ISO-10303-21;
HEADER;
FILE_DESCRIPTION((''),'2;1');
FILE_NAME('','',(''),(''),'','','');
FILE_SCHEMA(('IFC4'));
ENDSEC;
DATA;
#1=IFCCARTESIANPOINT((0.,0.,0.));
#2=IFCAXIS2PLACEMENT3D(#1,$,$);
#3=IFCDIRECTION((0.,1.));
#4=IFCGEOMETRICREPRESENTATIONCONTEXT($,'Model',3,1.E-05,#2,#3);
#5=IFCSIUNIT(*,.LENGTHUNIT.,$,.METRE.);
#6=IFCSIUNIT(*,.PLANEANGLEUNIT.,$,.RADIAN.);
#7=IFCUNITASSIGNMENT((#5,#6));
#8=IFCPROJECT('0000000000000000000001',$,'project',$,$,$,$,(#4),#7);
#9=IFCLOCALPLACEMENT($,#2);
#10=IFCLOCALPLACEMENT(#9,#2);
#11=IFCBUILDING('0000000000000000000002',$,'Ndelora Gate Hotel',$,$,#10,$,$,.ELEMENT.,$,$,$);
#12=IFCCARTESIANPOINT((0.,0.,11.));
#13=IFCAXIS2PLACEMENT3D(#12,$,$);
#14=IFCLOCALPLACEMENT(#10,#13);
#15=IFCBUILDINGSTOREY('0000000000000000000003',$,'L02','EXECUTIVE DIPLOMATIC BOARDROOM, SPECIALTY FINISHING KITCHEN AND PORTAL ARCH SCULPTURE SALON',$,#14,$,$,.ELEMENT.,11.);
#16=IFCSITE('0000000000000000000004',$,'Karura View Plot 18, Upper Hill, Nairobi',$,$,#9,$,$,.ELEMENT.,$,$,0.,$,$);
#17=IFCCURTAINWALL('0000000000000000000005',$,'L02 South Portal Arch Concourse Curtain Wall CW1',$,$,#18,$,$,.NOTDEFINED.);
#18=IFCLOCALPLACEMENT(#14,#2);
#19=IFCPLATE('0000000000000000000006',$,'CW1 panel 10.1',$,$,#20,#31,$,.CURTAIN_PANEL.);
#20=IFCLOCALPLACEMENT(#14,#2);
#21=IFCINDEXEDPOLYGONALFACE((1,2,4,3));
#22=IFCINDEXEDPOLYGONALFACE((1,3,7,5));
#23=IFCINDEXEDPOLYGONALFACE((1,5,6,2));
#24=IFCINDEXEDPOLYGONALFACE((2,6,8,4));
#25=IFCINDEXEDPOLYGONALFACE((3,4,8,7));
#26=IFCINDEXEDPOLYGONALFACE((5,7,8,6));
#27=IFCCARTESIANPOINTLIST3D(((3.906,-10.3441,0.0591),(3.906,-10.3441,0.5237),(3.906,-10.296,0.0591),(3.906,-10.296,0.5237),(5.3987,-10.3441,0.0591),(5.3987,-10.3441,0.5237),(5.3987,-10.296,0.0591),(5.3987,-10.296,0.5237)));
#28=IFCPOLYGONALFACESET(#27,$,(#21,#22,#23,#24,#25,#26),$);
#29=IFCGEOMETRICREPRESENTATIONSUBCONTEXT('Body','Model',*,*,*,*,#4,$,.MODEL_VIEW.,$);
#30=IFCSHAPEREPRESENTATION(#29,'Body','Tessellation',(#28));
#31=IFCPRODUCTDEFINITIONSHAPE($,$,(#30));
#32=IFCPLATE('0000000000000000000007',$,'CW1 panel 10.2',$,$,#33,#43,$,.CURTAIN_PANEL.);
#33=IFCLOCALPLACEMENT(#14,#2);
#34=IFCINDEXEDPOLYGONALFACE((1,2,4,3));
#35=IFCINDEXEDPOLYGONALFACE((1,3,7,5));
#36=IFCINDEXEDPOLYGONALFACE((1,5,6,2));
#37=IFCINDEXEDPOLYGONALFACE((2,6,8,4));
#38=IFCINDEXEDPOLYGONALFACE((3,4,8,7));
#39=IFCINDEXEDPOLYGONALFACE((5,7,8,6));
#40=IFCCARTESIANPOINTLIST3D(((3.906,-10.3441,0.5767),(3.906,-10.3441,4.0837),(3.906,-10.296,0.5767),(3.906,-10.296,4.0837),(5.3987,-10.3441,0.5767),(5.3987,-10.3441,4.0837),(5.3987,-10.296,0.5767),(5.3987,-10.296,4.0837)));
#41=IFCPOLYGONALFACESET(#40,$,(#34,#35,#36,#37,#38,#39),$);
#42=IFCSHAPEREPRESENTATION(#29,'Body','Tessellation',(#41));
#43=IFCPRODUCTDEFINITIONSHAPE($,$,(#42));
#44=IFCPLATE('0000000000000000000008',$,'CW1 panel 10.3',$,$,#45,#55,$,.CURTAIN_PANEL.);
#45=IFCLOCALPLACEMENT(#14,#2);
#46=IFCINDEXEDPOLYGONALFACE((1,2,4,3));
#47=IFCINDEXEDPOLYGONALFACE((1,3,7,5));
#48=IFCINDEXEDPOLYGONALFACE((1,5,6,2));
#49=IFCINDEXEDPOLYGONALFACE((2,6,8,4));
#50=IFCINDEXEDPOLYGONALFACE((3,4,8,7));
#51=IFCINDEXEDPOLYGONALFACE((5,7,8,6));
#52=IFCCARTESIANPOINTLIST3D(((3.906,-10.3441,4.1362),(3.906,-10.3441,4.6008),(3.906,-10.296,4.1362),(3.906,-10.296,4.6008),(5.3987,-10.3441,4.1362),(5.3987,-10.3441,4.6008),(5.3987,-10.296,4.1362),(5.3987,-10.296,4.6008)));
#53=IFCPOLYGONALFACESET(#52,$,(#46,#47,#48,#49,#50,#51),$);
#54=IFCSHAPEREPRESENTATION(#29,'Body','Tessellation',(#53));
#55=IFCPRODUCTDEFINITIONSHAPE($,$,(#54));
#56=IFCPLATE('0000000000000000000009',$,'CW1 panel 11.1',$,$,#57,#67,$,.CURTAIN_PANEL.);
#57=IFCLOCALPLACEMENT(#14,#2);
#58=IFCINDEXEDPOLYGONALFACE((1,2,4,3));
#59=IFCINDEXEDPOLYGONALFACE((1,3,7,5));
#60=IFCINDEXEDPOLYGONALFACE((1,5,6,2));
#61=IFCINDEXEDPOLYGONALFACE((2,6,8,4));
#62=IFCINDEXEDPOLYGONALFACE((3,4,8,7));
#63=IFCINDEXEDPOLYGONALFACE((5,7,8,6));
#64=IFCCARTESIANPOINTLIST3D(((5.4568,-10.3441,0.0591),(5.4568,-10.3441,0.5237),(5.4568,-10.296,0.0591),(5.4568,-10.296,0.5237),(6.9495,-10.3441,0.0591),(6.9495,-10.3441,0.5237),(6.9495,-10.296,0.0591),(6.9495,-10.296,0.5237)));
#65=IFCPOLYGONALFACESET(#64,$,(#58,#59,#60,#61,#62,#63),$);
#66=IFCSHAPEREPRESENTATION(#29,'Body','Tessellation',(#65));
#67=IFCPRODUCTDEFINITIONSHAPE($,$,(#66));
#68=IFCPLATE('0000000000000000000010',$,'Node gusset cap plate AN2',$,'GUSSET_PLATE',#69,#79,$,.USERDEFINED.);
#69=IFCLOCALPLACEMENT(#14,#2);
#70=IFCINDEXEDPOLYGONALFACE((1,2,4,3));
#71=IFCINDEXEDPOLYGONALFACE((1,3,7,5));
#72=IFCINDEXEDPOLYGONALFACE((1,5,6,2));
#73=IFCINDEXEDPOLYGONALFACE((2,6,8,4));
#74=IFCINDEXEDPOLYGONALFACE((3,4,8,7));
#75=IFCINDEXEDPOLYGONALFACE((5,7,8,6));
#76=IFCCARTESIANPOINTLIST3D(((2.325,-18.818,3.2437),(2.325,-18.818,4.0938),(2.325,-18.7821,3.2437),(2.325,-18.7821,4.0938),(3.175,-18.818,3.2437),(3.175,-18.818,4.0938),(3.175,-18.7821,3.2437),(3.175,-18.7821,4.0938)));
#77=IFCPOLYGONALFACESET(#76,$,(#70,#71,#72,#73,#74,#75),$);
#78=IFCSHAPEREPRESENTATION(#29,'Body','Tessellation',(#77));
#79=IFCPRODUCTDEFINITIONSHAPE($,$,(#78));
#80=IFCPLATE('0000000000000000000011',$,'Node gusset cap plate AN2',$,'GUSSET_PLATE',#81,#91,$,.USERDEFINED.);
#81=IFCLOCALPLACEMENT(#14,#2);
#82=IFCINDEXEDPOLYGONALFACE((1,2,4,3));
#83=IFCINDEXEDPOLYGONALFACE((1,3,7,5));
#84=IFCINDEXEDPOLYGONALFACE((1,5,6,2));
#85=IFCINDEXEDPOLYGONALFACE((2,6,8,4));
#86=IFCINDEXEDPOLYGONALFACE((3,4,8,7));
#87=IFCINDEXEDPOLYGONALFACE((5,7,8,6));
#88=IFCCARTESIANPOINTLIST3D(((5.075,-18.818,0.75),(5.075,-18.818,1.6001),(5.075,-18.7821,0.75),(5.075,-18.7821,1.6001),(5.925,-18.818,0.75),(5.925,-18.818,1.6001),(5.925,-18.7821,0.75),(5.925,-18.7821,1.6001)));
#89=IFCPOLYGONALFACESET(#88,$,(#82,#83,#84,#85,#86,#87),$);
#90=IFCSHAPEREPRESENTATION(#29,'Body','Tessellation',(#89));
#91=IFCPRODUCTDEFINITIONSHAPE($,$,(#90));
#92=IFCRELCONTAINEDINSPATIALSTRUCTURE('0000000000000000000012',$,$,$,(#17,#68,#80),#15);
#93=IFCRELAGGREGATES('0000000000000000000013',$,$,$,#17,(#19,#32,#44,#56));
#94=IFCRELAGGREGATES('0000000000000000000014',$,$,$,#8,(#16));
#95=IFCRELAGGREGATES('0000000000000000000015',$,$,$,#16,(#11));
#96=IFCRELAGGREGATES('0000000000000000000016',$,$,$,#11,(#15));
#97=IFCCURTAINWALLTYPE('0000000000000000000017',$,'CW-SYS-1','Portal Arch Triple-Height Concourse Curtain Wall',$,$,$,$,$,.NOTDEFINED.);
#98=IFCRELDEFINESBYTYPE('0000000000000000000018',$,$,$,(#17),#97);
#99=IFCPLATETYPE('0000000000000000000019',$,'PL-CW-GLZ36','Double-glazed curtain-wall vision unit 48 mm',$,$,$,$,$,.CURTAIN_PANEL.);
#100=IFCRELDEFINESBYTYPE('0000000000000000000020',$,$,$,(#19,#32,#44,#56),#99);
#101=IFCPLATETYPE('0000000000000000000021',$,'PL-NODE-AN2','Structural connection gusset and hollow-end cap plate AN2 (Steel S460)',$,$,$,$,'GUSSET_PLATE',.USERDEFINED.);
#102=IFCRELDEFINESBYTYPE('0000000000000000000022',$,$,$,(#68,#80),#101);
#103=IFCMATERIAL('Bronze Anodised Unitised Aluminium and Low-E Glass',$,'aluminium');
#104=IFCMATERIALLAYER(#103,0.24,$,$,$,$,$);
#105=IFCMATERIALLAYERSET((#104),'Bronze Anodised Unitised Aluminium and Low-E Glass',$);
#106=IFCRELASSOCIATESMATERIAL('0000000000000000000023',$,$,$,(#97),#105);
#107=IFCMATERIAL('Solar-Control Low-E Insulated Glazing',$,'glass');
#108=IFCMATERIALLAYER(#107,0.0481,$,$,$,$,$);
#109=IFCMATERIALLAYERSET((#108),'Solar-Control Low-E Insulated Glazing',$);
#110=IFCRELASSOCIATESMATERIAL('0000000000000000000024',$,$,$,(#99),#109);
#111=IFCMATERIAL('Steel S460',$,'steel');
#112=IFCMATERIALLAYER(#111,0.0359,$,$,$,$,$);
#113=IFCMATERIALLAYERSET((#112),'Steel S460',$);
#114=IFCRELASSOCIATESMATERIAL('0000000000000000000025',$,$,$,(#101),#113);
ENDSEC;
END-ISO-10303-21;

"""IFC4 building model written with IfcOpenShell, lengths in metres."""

from ifc_helpers import new_model, si_unit, direction, frame, origin, origin_2d, place, context, subcontext, project, spatial, rectangle, extrude, material, layer, layer_set, type_object, element, aggregate, save


model = new_model("IFC4")

# Units and contexts
model_context = context("Model", 3, precision=1e-05, world=origin(), true_north=direction((0.0, 1.0)))
body_context = subcontext(model_context, "Body", "Model", "MODEL_VIEW")
ifc_project = project(units=[si_unit("LENGTHUNIT", "METRE"), si_unit("PLANEANGLEUNIT", "RADIAN")], contexts=[model_context])

# Site, building, storey
site_placement = place(None, origin())
site = spatial("IfcSite", under=ifc_project, at=site_placement, Name="Karura View Plot 18, Upper Hill, Nairobi", CompositionType="ELEMENT", RefElevation=0.0)
building_placement = place(site_placement, origin())
building = spatial("IfcBuilding", under=site, at=building_placement, Name="Ndelora Gate Hotel", CompositionType="ELEMENT")
storey_placement = place(building_placement, frame((0.0, 0.0, 11.0)))
storey = spatial("IfcBuildingStorey", under=building, at=storey_placement, Name="L02", Description="EXECUTIVE DIPLOMATIC BOARDROOM, SPECIALTY FINISHING KITCHEN AND PORTAL ARCH SCULPTURE SALON", CompositionType="ELEMENT", Elevation=11.0)

# Shared definitions
ifc_material_1 = material(Name="Steel S460", Category="steel")

# Curtain wall, plates
ifc_material_2 = material(Name="Bronze Anodised Unitised Aluminium and Low-E Glass", Category="aluminium")
ifc_layer_1 = layer(ifc_material_2, 0.24)
ifc_layer_set_1 = layer_set([ifc_layer_1], Name="Bronze Anodised Unitised Aluminium and Low-E Glass")
curtain_wall_type = type_object("IfcCurtainWallType", Name="CW-SYS-1", Description="Portal Arch Triple-Height Concourse Curtain Wall", PredefinedType="NOTDEFINED", material=ifc_layer_set_1)
curtain_wall_placement = place(storey_placement, origin())
curtain_wall = element("IfcCurtainWall", 1, at=curtain_wall_placement, inside=storey, type_object=curtain_wall_type, Name="L02 South Portal Arch Concourse Curtain Wall CW1", PredefinedType="NOTDEFINED")
ifc_material_3 = material(Name="Solar-Control Low-E Insulated Glazing", Category="glass")
ifc_layer_2 = layer(ifc_material_3, 0.0481)
ifc_layer_set_2 = layer_set([ifc_layer_2], Name="Solar-Control Low-E Insulated Glazing")
plate_type_1 = type_object("IfcPlateType", Name="PL-CW-GLZ36", Description="Double-glazed curtain-wall vision unit 48 mm", PredefinedType="CURTAIN_PANEL", material=ifc_layer_set_2)
plate_1_placement = place(storey_placement, frame((4.6523, -10.3201, 0.0591), z_axis=(0.0, 0.0, 1.0), x_axis=(1.0, 0.0, 0.0)))
plate_1 = element("IfcPlate", 2, at=plate_1_placement, type_object=plate_type_1, Name="CW1 panel 10.1", PredefinedType="CURTAIN_PANEL", context=body_context, shape_type="SweptSolid", body=[
    extrude(rectangle(XDim=1.4927, YDim=0.0481, at=origin_2d()), origin(), (0.0, 0.0, 1.0), 0.4646),
])
plate_2_placement = place(storey_placement, frame((4.6523, -10.3201, 0.5767), z_axis=(0.0, 0.0, 1.0), x_axis=(1.0, 0.0, 0.0)))
plate_2 = element("IfcPlate", 3, at=plate_2_placement, type_object=plate_type_1, Name="CW1 panel 10.2", PredefinedType="CURTAIN_PANEL", context=body_context, shape_type="SweptSolid", body=[
    extrude(rectangle(XDim=1.4927, YDim=0.0481, at=origin_2d()), origin(), (0.0, 0.0, 1.0), 3.5071),
])
plate_3_placement = place(storey_placement, frame((4.6523, -10.3201, 4.1362), z_axis=(0.0, 0.0, 1.0), x_axis=(1.0, 0.0, 0.0)))
plate_3 = element("IfcPlate", 4, at=plate_3_placement, type_object=plate_type_1, Name="CW1 panel 10.3", PredefinedType="CURTAIN_PANEL", context=body_context, shape_type="SweptSolid", body=[
    extrude(rectangle(XDim=1.4927, YDim=0.0481, at=origin_2d()), origin(), (0.0, 0.0, 1.0), 0.4646),
])
plate_4_placement = place(storey_placement, frame((6.2031, -10.3201, 0.0591), z_axis=(0.0, 0.0, 1.0), x_axis=(1.0, 0.0, 0.0)))
plate_4 = element("IfcPlate", 5, at=plate_4_placement, type_object=plate_type_1, Name="CW1 panel 11.1", PredefinedType="CURTAIN_PANEL", context=body_context, shape_type="SweptSolid", body=[
    extrude(rectangle(XDim=1.4927, YDim=0.0481, at=origin_2d()), origin(), (0.0, 0.0, 1.0), 0.4646),
])
aggregate(curtain_wall, [plate_1, plate_2, plate_3, plate_4])

# Plates
ifc_layer_3 = layer(ifc_material_1, 0.0359)
ifc_layer_set_3 = layer_set([ifc_layer_3], Name="Steel S460")
plate_type_2 = type_object("IfcPlateType", Name="PL-NODE-AN2", Description="Structural connection gusset and hollow-end cap plate AN2 (Steel S460)", ElementType="GUSSET_PLATE", PredefinedType="USERDEFINED", material=ifc_layer_set_3)
for number, where, z_axis, x_axis, name in (
    (6, (2.75, -18.8, 3.2437), (0.0, 0.0, 1.0), (1.0, 0.0, 0.0), "Node gusset cap plate AN2"),
    (7, (5.5, -18.8, 0.75), (0.0, 0.0, 1.0), (1.0, 0.0, 0.0), "Node gusset cap plate AN2"),
):
    element("IfcPlate", number, at=place(storey_placement, frame(where, z_axis=z_axis, x_axis=x_axis)), inside=storey, type_object=plate_type_2, Name=name, ObjectType="GUSSET_PLATE", PredefinedType="USERDEFINED", context=body_context, shape_type="SweptSolid", body=[
        extrude(rectangle(XDim=0.8501, YDim=0.0359, at=origin_2d()), origin(), (0.0, 0.0, 1.0), 0.8501),
    ])

save(model, "model.ifc")
